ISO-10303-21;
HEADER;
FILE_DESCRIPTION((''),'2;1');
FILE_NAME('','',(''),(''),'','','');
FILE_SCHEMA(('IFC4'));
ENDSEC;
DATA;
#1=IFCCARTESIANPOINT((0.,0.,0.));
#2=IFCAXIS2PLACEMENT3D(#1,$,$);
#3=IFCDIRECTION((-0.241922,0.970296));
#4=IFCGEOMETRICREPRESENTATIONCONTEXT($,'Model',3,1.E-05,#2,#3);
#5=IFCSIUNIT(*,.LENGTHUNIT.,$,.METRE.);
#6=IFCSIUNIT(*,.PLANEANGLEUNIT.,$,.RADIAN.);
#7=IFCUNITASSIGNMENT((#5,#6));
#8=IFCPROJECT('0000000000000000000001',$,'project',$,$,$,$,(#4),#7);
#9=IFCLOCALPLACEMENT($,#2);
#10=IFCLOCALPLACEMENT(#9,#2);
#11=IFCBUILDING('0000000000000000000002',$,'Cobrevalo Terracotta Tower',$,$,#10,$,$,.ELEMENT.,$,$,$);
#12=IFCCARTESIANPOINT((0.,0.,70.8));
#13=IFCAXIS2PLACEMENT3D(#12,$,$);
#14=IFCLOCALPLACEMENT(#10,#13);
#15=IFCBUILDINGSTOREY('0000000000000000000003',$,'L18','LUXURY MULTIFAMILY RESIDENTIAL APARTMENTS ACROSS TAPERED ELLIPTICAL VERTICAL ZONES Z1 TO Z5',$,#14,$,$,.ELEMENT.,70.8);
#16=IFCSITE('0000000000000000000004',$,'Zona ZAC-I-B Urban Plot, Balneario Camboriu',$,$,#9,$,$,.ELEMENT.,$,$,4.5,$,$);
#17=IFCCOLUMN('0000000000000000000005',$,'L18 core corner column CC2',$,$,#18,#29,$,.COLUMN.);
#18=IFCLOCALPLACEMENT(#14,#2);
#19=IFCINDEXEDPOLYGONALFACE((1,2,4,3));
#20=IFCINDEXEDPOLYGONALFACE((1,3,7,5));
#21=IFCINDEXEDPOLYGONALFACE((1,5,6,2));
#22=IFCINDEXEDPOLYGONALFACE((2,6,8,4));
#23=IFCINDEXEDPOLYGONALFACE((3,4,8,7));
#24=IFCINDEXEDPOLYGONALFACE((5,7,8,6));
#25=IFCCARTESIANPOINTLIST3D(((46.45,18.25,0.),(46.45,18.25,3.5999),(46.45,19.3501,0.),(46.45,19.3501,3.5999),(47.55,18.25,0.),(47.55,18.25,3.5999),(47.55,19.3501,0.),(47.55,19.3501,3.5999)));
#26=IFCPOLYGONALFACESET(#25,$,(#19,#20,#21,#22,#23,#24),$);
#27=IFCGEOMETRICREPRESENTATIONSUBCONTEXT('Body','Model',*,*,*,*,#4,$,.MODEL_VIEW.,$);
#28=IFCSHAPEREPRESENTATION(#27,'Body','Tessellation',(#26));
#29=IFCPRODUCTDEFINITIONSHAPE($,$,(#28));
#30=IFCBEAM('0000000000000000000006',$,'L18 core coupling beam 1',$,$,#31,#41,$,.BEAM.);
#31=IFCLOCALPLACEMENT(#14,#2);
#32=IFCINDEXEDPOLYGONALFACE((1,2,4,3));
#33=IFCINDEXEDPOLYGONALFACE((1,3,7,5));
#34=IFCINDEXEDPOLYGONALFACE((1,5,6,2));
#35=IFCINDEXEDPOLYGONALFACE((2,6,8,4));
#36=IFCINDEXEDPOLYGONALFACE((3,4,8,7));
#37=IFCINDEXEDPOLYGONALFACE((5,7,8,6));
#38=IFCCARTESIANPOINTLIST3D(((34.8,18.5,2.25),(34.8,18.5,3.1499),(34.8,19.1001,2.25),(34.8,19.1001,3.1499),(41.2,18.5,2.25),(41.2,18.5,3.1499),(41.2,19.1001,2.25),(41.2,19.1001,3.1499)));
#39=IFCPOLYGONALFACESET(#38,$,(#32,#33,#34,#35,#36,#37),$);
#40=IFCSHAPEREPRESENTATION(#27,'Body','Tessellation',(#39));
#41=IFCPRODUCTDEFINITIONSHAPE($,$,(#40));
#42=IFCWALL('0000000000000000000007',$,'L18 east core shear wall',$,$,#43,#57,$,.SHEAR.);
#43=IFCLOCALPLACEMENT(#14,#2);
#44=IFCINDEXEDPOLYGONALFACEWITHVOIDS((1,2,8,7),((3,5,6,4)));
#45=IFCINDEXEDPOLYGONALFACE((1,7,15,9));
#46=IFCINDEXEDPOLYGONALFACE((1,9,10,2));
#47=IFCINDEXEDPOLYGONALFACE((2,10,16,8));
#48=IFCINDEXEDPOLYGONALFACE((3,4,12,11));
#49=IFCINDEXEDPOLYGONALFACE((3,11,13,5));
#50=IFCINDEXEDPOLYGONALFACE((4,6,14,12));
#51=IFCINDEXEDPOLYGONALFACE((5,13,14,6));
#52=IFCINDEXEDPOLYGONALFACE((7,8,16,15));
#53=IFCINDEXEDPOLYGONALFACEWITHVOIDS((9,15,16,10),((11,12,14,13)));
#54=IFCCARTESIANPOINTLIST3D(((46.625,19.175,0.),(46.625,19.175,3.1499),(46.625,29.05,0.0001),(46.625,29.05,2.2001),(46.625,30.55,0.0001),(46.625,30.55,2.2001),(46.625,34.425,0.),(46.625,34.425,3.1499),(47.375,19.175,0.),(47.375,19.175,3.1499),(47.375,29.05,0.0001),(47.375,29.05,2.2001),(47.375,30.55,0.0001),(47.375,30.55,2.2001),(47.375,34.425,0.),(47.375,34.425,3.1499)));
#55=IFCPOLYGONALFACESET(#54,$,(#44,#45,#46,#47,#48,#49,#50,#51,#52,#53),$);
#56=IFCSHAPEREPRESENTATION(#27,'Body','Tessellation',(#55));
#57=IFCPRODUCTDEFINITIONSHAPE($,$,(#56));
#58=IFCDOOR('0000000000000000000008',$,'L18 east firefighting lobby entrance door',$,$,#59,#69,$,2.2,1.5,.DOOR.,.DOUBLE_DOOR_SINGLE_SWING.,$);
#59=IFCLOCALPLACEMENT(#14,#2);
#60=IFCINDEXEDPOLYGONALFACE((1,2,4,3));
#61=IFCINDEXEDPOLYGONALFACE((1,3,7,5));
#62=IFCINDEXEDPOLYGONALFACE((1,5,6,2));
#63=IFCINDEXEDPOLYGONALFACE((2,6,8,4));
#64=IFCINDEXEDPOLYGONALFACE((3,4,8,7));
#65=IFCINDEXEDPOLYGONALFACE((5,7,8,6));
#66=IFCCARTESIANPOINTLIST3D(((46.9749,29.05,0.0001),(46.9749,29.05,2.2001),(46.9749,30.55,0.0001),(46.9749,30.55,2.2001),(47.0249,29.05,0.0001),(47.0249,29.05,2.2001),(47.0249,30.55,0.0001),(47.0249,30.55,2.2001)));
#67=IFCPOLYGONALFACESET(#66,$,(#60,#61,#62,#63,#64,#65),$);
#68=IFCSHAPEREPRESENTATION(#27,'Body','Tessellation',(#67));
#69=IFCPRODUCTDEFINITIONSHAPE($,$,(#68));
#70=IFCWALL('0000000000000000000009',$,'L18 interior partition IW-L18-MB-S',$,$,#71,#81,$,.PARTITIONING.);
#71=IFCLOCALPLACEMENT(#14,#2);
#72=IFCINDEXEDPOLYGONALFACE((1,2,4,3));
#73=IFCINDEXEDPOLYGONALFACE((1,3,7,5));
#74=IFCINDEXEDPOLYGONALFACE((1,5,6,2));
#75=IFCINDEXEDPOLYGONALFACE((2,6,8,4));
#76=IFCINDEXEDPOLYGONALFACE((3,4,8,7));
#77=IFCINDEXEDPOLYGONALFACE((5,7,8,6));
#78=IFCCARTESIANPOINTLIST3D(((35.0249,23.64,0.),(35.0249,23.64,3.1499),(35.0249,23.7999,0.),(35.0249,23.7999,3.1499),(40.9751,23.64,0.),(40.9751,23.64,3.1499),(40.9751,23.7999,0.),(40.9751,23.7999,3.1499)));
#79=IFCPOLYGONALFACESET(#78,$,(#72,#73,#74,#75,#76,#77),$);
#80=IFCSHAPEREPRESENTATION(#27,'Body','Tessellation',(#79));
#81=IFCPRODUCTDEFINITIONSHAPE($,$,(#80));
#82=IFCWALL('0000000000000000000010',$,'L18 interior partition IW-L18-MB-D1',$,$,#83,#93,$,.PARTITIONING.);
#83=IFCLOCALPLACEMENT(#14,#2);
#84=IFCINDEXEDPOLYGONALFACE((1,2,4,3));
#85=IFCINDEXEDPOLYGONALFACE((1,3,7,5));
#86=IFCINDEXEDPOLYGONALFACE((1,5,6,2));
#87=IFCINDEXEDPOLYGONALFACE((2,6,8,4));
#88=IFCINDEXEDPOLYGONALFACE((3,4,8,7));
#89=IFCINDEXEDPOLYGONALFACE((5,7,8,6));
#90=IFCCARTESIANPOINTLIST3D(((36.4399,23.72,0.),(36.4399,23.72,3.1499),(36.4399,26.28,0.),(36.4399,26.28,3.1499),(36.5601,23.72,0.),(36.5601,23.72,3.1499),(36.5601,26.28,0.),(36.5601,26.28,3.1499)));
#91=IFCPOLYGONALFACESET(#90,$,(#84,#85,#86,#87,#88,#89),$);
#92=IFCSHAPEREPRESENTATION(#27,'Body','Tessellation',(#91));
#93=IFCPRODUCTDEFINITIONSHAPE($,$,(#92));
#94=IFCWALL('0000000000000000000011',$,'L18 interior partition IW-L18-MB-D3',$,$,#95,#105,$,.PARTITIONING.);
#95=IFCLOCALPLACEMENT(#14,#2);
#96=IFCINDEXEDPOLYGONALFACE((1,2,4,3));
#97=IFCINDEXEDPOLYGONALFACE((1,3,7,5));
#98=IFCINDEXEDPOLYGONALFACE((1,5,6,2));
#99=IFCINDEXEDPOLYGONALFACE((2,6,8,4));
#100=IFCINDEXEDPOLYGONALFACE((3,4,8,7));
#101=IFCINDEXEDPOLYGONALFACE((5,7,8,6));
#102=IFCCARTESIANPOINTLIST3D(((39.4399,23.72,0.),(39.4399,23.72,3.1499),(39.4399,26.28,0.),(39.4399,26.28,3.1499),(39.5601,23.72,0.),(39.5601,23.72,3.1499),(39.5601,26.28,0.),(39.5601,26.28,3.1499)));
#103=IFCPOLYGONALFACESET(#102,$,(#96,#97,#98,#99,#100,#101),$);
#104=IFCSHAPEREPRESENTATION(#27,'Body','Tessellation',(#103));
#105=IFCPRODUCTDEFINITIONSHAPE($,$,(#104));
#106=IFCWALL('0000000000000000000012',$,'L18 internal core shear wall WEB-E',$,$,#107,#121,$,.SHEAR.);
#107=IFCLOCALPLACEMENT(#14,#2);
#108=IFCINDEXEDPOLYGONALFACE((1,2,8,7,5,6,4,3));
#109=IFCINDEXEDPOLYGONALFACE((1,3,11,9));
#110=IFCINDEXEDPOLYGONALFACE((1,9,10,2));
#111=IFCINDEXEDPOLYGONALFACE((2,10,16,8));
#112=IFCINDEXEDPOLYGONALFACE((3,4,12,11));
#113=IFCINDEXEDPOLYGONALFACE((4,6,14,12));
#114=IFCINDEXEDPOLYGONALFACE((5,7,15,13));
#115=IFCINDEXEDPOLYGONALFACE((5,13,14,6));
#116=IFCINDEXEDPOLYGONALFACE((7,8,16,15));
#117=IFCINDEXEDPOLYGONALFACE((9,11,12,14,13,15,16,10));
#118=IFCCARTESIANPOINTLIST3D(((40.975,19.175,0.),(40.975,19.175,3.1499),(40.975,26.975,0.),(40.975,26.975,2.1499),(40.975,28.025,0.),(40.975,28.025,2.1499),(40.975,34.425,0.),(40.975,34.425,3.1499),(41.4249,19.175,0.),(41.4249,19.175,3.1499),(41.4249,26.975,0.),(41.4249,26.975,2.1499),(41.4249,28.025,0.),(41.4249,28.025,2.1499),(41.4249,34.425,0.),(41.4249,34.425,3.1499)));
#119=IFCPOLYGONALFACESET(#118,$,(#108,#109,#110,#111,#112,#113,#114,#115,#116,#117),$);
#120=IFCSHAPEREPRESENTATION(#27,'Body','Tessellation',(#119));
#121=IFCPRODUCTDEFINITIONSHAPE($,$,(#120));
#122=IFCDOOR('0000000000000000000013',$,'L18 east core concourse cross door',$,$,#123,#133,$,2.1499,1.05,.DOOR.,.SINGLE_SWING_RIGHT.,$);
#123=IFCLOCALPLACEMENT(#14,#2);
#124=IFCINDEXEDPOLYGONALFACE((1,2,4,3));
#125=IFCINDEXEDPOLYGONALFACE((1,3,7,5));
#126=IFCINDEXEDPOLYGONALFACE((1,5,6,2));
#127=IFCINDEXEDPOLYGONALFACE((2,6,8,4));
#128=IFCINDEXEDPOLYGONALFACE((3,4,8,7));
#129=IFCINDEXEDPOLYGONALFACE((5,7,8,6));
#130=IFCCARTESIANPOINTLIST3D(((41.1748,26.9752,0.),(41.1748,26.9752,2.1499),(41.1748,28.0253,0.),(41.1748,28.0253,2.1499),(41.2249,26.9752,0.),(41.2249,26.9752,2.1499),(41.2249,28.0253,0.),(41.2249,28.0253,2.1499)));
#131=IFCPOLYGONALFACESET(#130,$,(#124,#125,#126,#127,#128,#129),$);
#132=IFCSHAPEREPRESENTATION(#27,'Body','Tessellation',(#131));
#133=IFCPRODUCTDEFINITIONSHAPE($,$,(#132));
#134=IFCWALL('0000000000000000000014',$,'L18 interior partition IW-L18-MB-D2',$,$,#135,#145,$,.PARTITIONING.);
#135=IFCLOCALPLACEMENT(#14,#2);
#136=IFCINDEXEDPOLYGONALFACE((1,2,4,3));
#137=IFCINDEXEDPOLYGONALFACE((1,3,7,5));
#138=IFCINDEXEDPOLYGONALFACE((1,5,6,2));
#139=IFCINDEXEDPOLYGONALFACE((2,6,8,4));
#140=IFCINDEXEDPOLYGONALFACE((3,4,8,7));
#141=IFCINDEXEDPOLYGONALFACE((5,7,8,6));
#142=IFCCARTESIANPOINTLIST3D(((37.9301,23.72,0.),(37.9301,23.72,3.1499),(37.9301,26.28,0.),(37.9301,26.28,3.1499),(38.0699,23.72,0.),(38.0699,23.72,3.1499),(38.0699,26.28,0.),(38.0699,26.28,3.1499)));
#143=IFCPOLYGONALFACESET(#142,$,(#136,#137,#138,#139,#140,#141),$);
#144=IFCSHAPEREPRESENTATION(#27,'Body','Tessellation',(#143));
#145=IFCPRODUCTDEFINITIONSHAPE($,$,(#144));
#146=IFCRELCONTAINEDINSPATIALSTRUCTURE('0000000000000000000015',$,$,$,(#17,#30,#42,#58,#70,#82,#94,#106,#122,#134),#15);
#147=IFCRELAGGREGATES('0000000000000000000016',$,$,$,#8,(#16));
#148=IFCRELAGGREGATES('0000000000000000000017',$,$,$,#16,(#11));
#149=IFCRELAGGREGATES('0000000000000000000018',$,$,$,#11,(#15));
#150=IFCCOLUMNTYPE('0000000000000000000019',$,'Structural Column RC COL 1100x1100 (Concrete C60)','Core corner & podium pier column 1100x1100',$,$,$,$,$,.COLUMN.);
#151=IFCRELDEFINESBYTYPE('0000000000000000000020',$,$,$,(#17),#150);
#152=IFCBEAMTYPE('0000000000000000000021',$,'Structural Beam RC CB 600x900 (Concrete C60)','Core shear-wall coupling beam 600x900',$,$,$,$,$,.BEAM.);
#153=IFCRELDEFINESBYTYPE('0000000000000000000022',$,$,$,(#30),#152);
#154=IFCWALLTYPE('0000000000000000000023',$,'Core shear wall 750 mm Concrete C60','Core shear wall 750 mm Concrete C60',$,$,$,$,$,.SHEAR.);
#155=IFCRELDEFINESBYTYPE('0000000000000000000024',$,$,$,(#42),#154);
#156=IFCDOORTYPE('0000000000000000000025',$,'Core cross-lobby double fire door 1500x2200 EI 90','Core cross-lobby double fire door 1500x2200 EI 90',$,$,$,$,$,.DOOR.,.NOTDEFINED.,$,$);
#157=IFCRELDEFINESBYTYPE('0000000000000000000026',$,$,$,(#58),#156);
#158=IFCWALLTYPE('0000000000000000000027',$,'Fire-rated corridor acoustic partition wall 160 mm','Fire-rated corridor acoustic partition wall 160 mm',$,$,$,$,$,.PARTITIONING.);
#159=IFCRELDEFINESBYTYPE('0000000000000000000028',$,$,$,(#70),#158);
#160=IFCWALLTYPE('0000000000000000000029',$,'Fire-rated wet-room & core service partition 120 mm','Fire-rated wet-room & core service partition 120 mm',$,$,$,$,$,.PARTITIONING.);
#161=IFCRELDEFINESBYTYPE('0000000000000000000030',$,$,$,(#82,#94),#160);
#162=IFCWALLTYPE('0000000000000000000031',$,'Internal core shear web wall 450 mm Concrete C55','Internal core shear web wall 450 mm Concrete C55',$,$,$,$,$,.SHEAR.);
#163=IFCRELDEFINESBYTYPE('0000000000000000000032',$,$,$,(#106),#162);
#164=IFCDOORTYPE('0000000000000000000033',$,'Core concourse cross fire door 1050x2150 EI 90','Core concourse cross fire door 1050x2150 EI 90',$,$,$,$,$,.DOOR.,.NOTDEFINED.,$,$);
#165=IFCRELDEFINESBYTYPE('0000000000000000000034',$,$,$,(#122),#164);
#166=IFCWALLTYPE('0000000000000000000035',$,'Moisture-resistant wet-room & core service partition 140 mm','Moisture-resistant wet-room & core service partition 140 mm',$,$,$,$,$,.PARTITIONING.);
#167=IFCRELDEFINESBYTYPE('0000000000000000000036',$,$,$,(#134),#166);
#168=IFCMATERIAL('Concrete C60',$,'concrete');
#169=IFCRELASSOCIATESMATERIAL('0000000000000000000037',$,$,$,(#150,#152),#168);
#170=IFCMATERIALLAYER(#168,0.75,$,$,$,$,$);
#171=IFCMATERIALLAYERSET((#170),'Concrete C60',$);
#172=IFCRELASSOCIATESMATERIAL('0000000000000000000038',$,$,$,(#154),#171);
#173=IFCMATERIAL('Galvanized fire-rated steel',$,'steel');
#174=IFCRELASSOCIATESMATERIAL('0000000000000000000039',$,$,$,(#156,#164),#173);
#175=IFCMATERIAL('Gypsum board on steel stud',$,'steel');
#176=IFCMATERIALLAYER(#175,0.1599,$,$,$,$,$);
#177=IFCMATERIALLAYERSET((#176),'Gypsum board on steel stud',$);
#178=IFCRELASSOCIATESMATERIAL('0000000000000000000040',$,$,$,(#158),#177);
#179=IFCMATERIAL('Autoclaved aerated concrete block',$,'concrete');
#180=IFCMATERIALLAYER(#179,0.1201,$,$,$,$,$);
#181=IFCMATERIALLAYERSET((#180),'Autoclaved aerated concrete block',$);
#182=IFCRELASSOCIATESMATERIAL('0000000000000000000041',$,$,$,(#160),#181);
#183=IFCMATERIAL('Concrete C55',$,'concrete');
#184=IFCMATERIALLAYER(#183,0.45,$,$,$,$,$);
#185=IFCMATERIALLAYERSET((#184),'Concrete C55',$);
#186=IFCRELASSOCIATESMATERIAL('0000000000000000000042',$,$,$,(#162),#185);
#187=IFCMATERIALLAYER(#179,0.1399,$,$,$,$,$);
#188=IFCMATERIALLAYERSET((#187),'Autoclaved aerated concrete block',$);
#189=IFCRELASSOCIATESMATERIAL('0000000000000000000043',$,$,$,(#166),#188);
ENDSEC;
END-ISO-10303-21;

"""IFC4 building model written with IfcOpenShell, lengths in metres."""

from ifc_helpers import new_model, si_unit, direction, frame, frame_2d, origin, origin_2d, place, context, subcontext, project, spatial, rectangle, extrude, source, transform, mapped, material, layer, layer_set, material_profile, profile_set, type_object, element, fill, save


model = new_model("IFC4")

# Units and contexts
model_context = context("Model", 3, precision=1e-05, world=origin(), true_north=direction((-0.241922, 0.970296)))
body_context = subcontext(model_context, "Body", "Model", "MODEL_VIEW")
ifc_project = project(units=[si_unit("LENGTHUNIT", "METRE"), si_unit("PLANEANGLEUNIT", "RADIAN")], contexts=[model_context])

# Site, building, storey
site_placement = place(None, origin())
site = spatial("IfcSite", under=ifc_project, at=site_placement, Name="Zona ZAC-I-B Urban Plot, Balneario Camboriu", CompositionType="ELEMENT", RefElevation=4.5)
building_placement = place(site_placement, origin())
building = spatial("IfcBuilding", under=site, at=building_placement, Name="Cobrevalo Terracotta Tower", CompositionType="ELEMENT")
storey_placement = place(building_placement, frame((0.0, 0.0, 70.8)))
storey = spatial("IfcBuildingStorey", under=building, at=storey_placement, Name="L18", Description="LUXURY MULTIFAMILY RESIDENTIAL APARTMENTS ACROSS TAPERED ELLIPTICAL VERTICAL ZONES Z1 TO Z5", CompositionType="ELEMENT", Elevation=70.8)

# Column
ifc_material_1 = material(Name="Concrete C60", Category="concrete")
ifc_material_profile_1 = material_profile(ifc_material_1, rectangle(XDim=1.1001, YDim=1.1001, at=origin_2d()), Name="RC COL 1100x1100")
ifc_profile_set_1 = profile_set([ifc_material_profile_1], Name="Concrete C60")
column_type = type_object("IfcColumnType", Name="Structural Column RC COL 1100x1100 (Concrete C60)", Description="Core corner & podium pier column 1100x1100", PredefinedType="COLUMN", material=ifc_profile_set_1)
column_placement = place(storey_placement, frame((47.0, 18.8, 0.0), z_axis=(0.0, 0.0, 1.0), x_axis=(1.0, 0.0, 0.0)))
element("IfcColumn", 1, at=column_placement, inside=storey, type_object=column_type, Name="L18 core corner column CC2", PredefinedType="COLUMN", context=body_context, shape_type="SweptSolid", body=[
    extrude(rectangle(XDim=1.1001, YDim=1.1001, at=origin_2d()), origin(), (0.0, 0.0, 1.0), 3.5999),
])

# Beam
ifc_material_profile_2 = material_profile(ifc_material_1, rectangle(XDim=0.6001, YDim=0.8999, at=origin_2d()), Name="RC CB 600x900")
ifc_profile_set_2 = profile_set([ifc_material_profile_2], Name="Concrete C60")
beam_type = type_object("IfcBeamType", Name="Structural Beam RC CB 600x900 (Concrete C60)", Description="Core shear-wall coupling beam 600x900", PredefinedType="BEAM", material=ifc_profile_set_2)
beam_placement = place(storey_placement, frame((34.8, 18.8, 2.7), z_axis=(1.0, 0.0, 0.0), x_axis=(0.0, 1.0, 0.0)))
element("IfcBeam", 2, at=beam_placement, inside=storey, type_object=beam_type, Name="L18 core coupling beam 1", PredefinedType="BEAM", context=body_context, shape_type="SweptSolid", body=[
    extrude(rectangle(XDim=0.6001, YDim=0.8999, at=origin_2d()), origin(), (0.0, 0.0, 1.0), 6.3999),
])

# Wall, opening, door
ifc_layer_1 = layer(ifc_material_1, 0.75)
ifc_layer_set_1 = layer_set([ifc_layer_1], Name="Concrete C60")
wall_type_1 = type_object("IfcWallType", Name="Core shear wall 750 mm Concrete C60", Description="Core shear wall 750 mm Concrete C60", PredefinedType="SHEAR", material=ifc_layer_set_1)
wall_1_placement = place(storey_placement, frame((47.0, 19.175, 0.0), z_axis=(0.0, 0.0, 1.0), x_axis=(0.0, 1.0, 0.0)))
wall_1 = element("IfcWall", 3, at=wall_1_placement, inside=storey, type_object=wall_type_1, Name="L18 east core shear wall", PredefinedType="SHEAR", context=body_context, shape_type="SweptSolid", body=[
    extrude(rectangle(XDim=15.25, YDim=0.75, at=frame_2d((7.625, 0.0))), origin(), (0.0, 0.0, 1.0), 3.1499),
])
opening_1_placement = place(wall_1_placement, frame((9.875, 0.0, 0.0)))
opening_1 = element("IfcOpeningElement", 4, at=opening_1_placement, cuts=wall_1, PredefinedType="OPENING", context=body_context, shape_type="SweptSolid", body=[
    extrude(rectangle(XDim=1.5, YDim=2.2, at=frame_2d((0.75, 1.1001))), frame((0.0, 0.385, 0.0), z_axis=(0.0, -1.0, 0.0), x_axis=(1.0, 0.0, 0.0)), (0.0, 0.0, 1.0), 0.77),
])
ifc_material_2 = material(Name="Galvanized fire-rated steel", Category="steel")
door_type_1 = type_object("IfcDoorType", Name="Core cross-lobby double fire door 1500x2200 EI 90", Description="Core cross-lobby double fire door 1500x2200 EI 90", OperationType="NOTDEFINED", PredefinedType="DOOR", material=ifc_material_2)
shared_shape_1 = source(origin(), body_context, "Body", "SweptSolid", [
    extrude(rectangle(XDim=1.5, YDim=2.2, at=frame_2d((0.75, 1.1001))), frame((0.0, 0.0249, 0.0), z_axis=(0.0, -1.0, 0.0), x_axis=(1.0, 0.0, 0.0)), (0.0, 0.0, 1.0), 0.05),
])
door_1_placement = place(opening_1_placement, frame((1.5, 0.0, 0.0), z_axis=(0.0, 0.0, 1.0), x_axis=(-1.0, 0.0, 0.0)))
door_1 = element("IfcDoor", 5, at=door_1_placement, inside=storey, type_object=door_type_1, Name="L18 east firefighting lobby entrance door", OperationType="DOUBLE_DOOR_SINGLE_SWING", OverallHeight=2.2, OverallWidth=1.5, PredefinedType="DOOR", context=body_context, shape_type="MappedRepresentation", body=[
    mapped(shared_shape_1, transform((0.0, 0.0, 0.0), scale=1.0)),
])
fill(opening_1, door_1)

# Walls
ifc_material_3 = material(Name="Gypsum board on steel stud", Category="steel")
ifc_layer_2 = layer(ifc_material_3, 0.1599)
ifc_layer_set_2 = layer_set([ifc_layer_2], Name="Gypsum board on steel stud")
wall_type_2 = type_object("IfcWallType", Name="Fire-rated corridor acoustic partition wall 160 mm", Description="Fire-rated corridor acoustic partition wall 160 mm", PredefinedType="PARTITIONING", material=ifc_layer_set_2)
wall_2_placement = place(storey_placement, frame((35.0249, 23.72, 0.0), z_axis=(0.0, 0.0, 1.0), x_axis=(1.0, 0.0, 0.0)))
element("IfcWall", 6, at=wall_2_placement, inside=storey, type_object=wall_type_2, Name="L18 interior partition IW-L18-MB-S", PredefinedType="PARTITIONING", context=body_context, shape_type="SweptSolid", body=[
    extrude(rectangle(XDim=5.9502, YDim=0.1599, at=frame_2d((2.9751, 0.0))), origin(), (0.0, 0.0, 1.0), 3.1499),
])
ifc_material_4 = material(Name="Autoclaved aerated concrete block", Category="concrete")
ifc_layer_3 = layer(ifc_material_4, 0.1201)
ifc_layer_set_3 = layer_set([ifc_layer_3], Name="Autoclaved aerated concrete block")
wall_type_3 = type_object("IfcWallType", Name="Fire-rated wet-room & core service partition 120 mm", Description="Fire-rated wet-room & core service partition 120 mm", PredefinedType="PARTITIONING", material=ifc_layer_set_3)
for number, where, z_axis, x_axis, name in (
    (7, (36.5, 23.72, 0.0), (0.0, 0.0, 1.0), (0.0, 1.0, 0.0), "L18 interior partition IW-L18-MB-D1"),
    (8, (39.5, 23.72, 0.0), (0.0, 0.0, 1.0), (0.0, 1.0, 0.0), "L18 interior partition IW-L18-MB-D3"),
):
    element("IfcWall", number, at=place(storey_placement, frame(where, z_axis=z_axis, x_axis=x_axis)), inside=storey, type_object=wall_type_3, Name=name, PredefinedType="PARTITIONING", context=body_context, shape_type="SweptSolid", body=[
        extrude(rectangle(XDim=2.5601, YDim=0.1201, at=frame_2d((1.28, 0.0))), origin(), (0.0, 0.0, 1.0), 3.1499),
    ])

# Wall, opening, door
ifc_material_5 = material(Name="Concrete C55", Category="concrete")
ifc_layer_4 = layer(ifc_material_5, 0.45)
ifc_layer_set_4 = layer_set([ifc_layer_4], Name="Concrete C55")
wall_type_4 = type_object("IfcWallType", Name="Internal core shear web wall 450 mm Concrete C55", Description="Internal core shear web wall 450 mm Concrete C55", PredefinedType="SHEAR", material=ifc_layer_set_4)
wall_3_placement = place(storey_placement, frame((41.2, 19.175, 0.0), z_axis=(0.0, 0.0, 1.0), x_axis=(0.0, 1.0, 0.0)))
wall_3 = element("IfcWall", 9, at=wall_3_placement, inside=storey, type_object=wall_type_4, Name="L18 internal core shear wall WEB-E", PredefinedType="SHEAR", context=body_context, shape_type="SweptSolid", body=[
    extrude(rectangle(XDim=15.25, YDim=0.45, at=frame_2d((7.625, 0.0))), origin(), (0.0, 0.0, 1.0), 3.1499),
])
opening_2_placement = place(wall_3_placement, frame((7.8, 0.0, 0.0)))
opening_2 = element("IfcOpeningElement", 10, at=opening_2_placement, cuts=wall_3, PredefinedType="OPENING", context=body_context, shape_type="SweptSolid", body=[
    extrude(rectangle(XDim=1.05, YDim=2.1499, at=frame_2d((0.5249, 1.075))), frame((0.0, 0.2349, 0.0), z_axis=(0.0, -1.0, 0.0), x_axis=(1.0, 0.0, 0.0)), (0.0, 0.0, 1.0), 0.47),
])
door_type_2 = type_object("IfcDoorType", Name="Core concourse cross fire door 1050x2150 EI 90", Description="Core concourse cross fire door 1050x2150 EI 90", OperationType="NOTDEFINED", PredefinedType="DOOR", material=ifc_material_2)
shared_shape_2 = source(origin(), body_context, "Body", "SweptSolid", [
    extrude(rectangle(XDim=1.05, YDim=2.1499, at=frame_2d((0.5249, 1.075))), frame((0.0, 0.0249, 0.0), z_axis=(0.0, -1.0, 0.0), x_axis=(1.0, 0.0, 0.0)), (0.0, 0.0, 1.0), 0.05),
])
door_2_placement = place(opening_2_placement, frame((1.05, 0.0, 0.0), z_axis=(0.0, 0.0, 1.0), x_axis=(-1.0, 0.0, 0.0)))
door_2 = element("IfcDoor", 11, at=door_2_placement, inside=storey, type_object=door_type_2, Name="L18 east core concourse cross door", OperationType="SINGLE_SWING_RIGHT", OverallHeight=2.1499, OverallWidth=1.05, PredefinedType="DOOR", context=body_context, shape_type="MappedRepresentation", body=[
    mapped(shared_shape_2, transform((0.0, 0.0, 0.0), scale=1.0)),
])
fill(opening_2, door_2)

# Wall
ifc_layer_5 = layer(ifc_material_4, 0.1399)
ifc_layer_set_5 = layer_set([ifc_layer_5], Name="Autoclaved aerated concrete block")
wall_type_5 = type_object("IfcWallType", Name="Moisture-resistant wet-room & core service partition 140 mm", Description="Moisture-resistant wet-room & core service partition 140 mm", PredefinedType="PARTITIONING", material=ifc_layer_set_5)
wall_4_placement = place(storey_placement, frame((38.0, 23.72, 0.0), z_axis=(0.0, 0.0, 1.0), x_axis=(0.0, 1.0, 0.0)))
element("IfcWall", 12, at=wall_4_placement, inside=storey, type_object=wall_type_5, Name="L18 interior partition IW-L18-MB-D2", PredefinedType="PARTITIONING", context=body_context, shape_type="SweptSolid", body=[
    extrude(rectangle(XDim=2.5601, YDim=0.1399, at=frame_2d((1.28, 0.0))), origin(), (0.0, 0.0, 1.0), 3.1499),
])

save(model, "model.ifc")
